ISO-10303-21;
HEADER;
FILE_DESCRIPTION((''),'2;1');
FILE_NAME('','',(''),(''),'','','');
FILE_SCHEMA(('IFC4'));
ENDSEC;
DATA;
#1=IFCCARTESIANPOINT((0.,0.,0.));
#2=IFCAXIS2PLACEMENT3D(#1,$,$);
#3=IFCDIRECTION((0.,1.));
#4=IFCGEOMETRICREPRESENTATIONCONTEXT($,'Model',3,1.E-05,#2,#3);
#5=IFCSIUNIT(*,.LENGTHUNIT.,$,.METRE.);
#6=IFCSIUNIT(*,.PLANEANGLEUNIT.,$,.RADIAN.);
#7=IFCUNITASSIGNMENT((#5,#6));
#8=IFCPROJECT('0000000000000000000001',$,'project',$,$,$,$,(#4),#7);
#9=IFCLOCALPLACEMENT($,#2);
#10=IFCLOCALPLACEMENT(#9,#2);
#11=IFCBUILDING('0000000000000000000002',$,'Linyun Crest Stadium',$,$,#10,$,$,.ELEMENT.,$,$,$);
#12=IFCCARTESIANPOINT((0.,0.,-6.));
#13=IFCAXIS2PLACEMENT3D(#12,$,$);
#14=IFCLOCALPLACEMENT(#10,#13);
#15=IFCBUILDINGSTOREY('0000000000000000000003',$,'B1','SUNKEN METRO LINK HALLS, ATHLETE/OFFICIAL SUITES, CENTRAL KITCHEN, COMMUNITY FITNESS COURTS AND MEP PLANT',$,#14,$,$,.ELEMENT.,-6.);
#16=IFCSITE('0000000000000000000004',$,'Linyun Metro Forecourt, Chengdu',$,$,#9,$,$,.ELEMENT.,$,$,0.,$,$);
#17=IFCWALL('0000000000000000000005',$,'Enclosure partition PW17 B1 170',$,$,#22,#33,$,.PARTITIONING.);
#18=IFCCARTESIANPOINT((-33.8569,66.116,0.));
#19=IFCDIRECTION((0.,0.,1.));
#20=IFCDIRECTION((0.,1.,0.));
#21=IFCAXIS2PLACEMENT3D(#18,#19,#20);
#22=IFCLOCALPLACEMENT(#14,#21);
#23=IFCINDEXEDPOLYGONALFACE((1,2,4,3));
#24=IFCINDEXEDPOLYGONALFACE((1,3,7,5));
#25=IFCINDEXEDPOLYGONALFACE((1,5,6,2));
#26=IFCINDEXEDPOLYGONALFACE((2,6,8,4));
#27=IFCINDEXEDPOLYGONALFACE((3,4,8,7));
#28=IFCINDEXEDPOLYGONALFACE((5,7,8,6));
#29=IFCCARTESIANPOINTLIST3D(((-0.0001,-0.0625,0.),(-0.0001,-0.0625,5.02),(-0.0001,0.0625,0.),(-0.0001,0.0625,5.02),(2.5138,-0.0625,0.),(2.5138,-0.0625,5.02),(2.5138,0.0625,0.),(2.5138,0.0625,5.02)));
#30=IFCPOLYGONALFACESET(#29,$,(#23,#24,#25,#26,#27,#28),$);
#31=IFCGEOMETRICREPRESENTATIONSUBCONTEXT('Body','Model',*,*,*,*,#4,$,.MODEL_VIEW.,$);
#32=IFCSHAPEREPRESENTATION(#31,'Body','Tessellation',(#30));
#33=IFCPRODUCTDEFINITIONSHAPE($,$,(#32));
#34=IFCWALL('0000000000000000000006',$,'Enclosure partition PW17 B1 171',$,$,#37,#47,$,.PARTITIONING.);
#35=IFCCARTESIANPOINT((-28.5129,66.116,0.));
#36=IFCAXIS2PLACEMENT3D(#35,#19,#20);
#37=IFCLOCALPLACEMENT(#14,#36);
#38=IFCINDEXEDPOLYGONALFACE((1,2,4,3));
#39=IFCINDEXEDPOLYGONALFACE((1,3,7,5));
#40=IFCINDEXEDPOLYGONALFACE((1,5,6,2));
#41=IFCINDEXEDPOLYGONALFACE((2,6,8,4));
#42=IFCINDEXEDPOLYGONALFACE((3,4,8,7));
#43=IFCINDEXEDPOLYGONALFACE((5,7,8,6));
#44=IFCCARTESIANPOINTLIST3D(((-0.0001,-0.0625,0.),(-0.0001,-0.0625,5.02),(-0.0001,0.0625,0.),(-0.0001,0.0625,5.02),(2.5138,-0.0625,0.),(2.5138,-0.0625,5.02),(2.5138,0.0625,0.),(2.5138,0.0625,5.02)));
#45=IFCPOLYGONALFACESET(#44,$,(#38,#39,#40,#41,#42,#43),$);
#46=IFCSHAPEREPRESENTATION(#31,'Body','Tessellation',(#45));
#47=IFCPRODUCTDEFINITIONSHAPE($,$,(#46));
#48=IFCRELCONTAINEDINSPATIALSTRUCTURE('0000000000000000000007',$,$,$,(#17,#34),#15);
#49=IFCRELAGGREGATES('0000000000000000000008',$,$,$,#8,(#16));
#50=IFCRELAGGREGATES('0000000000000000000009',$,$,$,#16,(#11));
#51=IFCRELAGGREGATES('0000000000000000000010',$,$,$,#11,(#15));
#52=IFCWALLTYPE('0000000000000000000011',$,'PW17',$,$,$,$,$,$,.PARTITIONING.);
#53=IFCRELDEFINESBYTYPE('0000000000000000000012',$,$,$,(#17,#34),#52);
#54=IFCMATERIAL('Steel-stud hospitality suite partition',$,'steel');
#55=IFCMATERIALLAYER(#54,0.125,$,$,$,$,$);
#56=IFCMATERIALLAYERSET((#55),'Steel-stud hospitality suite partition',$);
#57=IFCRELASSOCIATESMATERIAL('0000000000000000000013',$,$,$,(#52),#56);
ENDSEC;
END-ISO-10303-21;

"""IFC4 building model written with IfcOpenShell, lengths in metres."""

from ifc_helpers import new_model, si_unit, direction, frame, frame_2d, origin, place, context, subcontext, project, spatial, rectangle, extrude, material, layer, layer_set, type_object, element, save


model = new_model("IFC4")

# Units and contexts
model_context = context("Model", 3, precision=1e-05, world=origin(), true_north=direction((0.0, 1.0)))
body_context = subcontext(model_context, "Body", "Model", "MODEL_VIEW")
ifc_project = project(units=[si_unit("LENGTHUNIT", "METRE"), si_unit("PLANEANGLEUNIT", "RADIAN")], contexts=[model_context])

# Site, building, storey
site_placement = place(None, origin())
site = spatial("IfcSite", under=ifc_project, at=site_placement, Name="Linyun Metro Forecourt, Chengdu", CompositionType="ELEMENT", RefElevation=0.0)
building_placement = place(site_placement, origin())
building = spatial("IfcBuilding", under=site, at=building_placement, Name="Linyun Crest Stadium", CompositionType="ELEMENT")
storey_placement = place(building_placement, frame((0.0, 0.0, -6.0)))
storey = spatial("IfcBuildingStorey", under=building, at=storey_placement, Name="B1", Description="SUNKEN METRO LINK HALLS, ATHLETE/OFFICIAL SUITES, CENTRAL KITCHEN, COMMUNITY FITNESS COURTS AND MEP PLANT", CompositionType="ELEMENT", Elevation=-6.0)

# Walls
ifc_material_1 = material(Name="Steel-stud hospitality suite partition", Category="steel")
ifc_layer = layer(ifc_material_1, 0.125)
ifc_layer_set = layer_set([ifc_layer], Name="Steel-stud hospitality suite partition")
wall_type = type_object("IfcWallType", Name="PW17", PredefinedType="PARTITIONING", material=ifc_layer_set)
for number, where, z_axis, x_axis, name in (
    (1, (-33.8569, 66.116, 0.0), (0.0, 0.0, 1.0), (0.0, 1.0, 0.0), "Enclosure partition PW17 B1 170"),
    (2, (-28.5129, 66.116, 0.0), (0.0, 0.0, 1.0), (0.0, 1.0, 0.0), "Enclosure partition PW17 B1 171"),
):
    element("IfcWall", number, at=place(storey_placement, frame(where, z_axis=z_axis, x_axis=x_axis)), inside=storey, type_object=wall_type, Name=name, PredefinedType="PARTITIONING", context=body_context, shape_type="SweptSolid", body=[
        extrude(rectangle(XDim=2.5139, YDim=0.125, at=frame_2d((1.2568, 0.0))), origin(), (0.0, 0.0, 1.0), 5.02),
    ])

save(model, "model.ifc")
